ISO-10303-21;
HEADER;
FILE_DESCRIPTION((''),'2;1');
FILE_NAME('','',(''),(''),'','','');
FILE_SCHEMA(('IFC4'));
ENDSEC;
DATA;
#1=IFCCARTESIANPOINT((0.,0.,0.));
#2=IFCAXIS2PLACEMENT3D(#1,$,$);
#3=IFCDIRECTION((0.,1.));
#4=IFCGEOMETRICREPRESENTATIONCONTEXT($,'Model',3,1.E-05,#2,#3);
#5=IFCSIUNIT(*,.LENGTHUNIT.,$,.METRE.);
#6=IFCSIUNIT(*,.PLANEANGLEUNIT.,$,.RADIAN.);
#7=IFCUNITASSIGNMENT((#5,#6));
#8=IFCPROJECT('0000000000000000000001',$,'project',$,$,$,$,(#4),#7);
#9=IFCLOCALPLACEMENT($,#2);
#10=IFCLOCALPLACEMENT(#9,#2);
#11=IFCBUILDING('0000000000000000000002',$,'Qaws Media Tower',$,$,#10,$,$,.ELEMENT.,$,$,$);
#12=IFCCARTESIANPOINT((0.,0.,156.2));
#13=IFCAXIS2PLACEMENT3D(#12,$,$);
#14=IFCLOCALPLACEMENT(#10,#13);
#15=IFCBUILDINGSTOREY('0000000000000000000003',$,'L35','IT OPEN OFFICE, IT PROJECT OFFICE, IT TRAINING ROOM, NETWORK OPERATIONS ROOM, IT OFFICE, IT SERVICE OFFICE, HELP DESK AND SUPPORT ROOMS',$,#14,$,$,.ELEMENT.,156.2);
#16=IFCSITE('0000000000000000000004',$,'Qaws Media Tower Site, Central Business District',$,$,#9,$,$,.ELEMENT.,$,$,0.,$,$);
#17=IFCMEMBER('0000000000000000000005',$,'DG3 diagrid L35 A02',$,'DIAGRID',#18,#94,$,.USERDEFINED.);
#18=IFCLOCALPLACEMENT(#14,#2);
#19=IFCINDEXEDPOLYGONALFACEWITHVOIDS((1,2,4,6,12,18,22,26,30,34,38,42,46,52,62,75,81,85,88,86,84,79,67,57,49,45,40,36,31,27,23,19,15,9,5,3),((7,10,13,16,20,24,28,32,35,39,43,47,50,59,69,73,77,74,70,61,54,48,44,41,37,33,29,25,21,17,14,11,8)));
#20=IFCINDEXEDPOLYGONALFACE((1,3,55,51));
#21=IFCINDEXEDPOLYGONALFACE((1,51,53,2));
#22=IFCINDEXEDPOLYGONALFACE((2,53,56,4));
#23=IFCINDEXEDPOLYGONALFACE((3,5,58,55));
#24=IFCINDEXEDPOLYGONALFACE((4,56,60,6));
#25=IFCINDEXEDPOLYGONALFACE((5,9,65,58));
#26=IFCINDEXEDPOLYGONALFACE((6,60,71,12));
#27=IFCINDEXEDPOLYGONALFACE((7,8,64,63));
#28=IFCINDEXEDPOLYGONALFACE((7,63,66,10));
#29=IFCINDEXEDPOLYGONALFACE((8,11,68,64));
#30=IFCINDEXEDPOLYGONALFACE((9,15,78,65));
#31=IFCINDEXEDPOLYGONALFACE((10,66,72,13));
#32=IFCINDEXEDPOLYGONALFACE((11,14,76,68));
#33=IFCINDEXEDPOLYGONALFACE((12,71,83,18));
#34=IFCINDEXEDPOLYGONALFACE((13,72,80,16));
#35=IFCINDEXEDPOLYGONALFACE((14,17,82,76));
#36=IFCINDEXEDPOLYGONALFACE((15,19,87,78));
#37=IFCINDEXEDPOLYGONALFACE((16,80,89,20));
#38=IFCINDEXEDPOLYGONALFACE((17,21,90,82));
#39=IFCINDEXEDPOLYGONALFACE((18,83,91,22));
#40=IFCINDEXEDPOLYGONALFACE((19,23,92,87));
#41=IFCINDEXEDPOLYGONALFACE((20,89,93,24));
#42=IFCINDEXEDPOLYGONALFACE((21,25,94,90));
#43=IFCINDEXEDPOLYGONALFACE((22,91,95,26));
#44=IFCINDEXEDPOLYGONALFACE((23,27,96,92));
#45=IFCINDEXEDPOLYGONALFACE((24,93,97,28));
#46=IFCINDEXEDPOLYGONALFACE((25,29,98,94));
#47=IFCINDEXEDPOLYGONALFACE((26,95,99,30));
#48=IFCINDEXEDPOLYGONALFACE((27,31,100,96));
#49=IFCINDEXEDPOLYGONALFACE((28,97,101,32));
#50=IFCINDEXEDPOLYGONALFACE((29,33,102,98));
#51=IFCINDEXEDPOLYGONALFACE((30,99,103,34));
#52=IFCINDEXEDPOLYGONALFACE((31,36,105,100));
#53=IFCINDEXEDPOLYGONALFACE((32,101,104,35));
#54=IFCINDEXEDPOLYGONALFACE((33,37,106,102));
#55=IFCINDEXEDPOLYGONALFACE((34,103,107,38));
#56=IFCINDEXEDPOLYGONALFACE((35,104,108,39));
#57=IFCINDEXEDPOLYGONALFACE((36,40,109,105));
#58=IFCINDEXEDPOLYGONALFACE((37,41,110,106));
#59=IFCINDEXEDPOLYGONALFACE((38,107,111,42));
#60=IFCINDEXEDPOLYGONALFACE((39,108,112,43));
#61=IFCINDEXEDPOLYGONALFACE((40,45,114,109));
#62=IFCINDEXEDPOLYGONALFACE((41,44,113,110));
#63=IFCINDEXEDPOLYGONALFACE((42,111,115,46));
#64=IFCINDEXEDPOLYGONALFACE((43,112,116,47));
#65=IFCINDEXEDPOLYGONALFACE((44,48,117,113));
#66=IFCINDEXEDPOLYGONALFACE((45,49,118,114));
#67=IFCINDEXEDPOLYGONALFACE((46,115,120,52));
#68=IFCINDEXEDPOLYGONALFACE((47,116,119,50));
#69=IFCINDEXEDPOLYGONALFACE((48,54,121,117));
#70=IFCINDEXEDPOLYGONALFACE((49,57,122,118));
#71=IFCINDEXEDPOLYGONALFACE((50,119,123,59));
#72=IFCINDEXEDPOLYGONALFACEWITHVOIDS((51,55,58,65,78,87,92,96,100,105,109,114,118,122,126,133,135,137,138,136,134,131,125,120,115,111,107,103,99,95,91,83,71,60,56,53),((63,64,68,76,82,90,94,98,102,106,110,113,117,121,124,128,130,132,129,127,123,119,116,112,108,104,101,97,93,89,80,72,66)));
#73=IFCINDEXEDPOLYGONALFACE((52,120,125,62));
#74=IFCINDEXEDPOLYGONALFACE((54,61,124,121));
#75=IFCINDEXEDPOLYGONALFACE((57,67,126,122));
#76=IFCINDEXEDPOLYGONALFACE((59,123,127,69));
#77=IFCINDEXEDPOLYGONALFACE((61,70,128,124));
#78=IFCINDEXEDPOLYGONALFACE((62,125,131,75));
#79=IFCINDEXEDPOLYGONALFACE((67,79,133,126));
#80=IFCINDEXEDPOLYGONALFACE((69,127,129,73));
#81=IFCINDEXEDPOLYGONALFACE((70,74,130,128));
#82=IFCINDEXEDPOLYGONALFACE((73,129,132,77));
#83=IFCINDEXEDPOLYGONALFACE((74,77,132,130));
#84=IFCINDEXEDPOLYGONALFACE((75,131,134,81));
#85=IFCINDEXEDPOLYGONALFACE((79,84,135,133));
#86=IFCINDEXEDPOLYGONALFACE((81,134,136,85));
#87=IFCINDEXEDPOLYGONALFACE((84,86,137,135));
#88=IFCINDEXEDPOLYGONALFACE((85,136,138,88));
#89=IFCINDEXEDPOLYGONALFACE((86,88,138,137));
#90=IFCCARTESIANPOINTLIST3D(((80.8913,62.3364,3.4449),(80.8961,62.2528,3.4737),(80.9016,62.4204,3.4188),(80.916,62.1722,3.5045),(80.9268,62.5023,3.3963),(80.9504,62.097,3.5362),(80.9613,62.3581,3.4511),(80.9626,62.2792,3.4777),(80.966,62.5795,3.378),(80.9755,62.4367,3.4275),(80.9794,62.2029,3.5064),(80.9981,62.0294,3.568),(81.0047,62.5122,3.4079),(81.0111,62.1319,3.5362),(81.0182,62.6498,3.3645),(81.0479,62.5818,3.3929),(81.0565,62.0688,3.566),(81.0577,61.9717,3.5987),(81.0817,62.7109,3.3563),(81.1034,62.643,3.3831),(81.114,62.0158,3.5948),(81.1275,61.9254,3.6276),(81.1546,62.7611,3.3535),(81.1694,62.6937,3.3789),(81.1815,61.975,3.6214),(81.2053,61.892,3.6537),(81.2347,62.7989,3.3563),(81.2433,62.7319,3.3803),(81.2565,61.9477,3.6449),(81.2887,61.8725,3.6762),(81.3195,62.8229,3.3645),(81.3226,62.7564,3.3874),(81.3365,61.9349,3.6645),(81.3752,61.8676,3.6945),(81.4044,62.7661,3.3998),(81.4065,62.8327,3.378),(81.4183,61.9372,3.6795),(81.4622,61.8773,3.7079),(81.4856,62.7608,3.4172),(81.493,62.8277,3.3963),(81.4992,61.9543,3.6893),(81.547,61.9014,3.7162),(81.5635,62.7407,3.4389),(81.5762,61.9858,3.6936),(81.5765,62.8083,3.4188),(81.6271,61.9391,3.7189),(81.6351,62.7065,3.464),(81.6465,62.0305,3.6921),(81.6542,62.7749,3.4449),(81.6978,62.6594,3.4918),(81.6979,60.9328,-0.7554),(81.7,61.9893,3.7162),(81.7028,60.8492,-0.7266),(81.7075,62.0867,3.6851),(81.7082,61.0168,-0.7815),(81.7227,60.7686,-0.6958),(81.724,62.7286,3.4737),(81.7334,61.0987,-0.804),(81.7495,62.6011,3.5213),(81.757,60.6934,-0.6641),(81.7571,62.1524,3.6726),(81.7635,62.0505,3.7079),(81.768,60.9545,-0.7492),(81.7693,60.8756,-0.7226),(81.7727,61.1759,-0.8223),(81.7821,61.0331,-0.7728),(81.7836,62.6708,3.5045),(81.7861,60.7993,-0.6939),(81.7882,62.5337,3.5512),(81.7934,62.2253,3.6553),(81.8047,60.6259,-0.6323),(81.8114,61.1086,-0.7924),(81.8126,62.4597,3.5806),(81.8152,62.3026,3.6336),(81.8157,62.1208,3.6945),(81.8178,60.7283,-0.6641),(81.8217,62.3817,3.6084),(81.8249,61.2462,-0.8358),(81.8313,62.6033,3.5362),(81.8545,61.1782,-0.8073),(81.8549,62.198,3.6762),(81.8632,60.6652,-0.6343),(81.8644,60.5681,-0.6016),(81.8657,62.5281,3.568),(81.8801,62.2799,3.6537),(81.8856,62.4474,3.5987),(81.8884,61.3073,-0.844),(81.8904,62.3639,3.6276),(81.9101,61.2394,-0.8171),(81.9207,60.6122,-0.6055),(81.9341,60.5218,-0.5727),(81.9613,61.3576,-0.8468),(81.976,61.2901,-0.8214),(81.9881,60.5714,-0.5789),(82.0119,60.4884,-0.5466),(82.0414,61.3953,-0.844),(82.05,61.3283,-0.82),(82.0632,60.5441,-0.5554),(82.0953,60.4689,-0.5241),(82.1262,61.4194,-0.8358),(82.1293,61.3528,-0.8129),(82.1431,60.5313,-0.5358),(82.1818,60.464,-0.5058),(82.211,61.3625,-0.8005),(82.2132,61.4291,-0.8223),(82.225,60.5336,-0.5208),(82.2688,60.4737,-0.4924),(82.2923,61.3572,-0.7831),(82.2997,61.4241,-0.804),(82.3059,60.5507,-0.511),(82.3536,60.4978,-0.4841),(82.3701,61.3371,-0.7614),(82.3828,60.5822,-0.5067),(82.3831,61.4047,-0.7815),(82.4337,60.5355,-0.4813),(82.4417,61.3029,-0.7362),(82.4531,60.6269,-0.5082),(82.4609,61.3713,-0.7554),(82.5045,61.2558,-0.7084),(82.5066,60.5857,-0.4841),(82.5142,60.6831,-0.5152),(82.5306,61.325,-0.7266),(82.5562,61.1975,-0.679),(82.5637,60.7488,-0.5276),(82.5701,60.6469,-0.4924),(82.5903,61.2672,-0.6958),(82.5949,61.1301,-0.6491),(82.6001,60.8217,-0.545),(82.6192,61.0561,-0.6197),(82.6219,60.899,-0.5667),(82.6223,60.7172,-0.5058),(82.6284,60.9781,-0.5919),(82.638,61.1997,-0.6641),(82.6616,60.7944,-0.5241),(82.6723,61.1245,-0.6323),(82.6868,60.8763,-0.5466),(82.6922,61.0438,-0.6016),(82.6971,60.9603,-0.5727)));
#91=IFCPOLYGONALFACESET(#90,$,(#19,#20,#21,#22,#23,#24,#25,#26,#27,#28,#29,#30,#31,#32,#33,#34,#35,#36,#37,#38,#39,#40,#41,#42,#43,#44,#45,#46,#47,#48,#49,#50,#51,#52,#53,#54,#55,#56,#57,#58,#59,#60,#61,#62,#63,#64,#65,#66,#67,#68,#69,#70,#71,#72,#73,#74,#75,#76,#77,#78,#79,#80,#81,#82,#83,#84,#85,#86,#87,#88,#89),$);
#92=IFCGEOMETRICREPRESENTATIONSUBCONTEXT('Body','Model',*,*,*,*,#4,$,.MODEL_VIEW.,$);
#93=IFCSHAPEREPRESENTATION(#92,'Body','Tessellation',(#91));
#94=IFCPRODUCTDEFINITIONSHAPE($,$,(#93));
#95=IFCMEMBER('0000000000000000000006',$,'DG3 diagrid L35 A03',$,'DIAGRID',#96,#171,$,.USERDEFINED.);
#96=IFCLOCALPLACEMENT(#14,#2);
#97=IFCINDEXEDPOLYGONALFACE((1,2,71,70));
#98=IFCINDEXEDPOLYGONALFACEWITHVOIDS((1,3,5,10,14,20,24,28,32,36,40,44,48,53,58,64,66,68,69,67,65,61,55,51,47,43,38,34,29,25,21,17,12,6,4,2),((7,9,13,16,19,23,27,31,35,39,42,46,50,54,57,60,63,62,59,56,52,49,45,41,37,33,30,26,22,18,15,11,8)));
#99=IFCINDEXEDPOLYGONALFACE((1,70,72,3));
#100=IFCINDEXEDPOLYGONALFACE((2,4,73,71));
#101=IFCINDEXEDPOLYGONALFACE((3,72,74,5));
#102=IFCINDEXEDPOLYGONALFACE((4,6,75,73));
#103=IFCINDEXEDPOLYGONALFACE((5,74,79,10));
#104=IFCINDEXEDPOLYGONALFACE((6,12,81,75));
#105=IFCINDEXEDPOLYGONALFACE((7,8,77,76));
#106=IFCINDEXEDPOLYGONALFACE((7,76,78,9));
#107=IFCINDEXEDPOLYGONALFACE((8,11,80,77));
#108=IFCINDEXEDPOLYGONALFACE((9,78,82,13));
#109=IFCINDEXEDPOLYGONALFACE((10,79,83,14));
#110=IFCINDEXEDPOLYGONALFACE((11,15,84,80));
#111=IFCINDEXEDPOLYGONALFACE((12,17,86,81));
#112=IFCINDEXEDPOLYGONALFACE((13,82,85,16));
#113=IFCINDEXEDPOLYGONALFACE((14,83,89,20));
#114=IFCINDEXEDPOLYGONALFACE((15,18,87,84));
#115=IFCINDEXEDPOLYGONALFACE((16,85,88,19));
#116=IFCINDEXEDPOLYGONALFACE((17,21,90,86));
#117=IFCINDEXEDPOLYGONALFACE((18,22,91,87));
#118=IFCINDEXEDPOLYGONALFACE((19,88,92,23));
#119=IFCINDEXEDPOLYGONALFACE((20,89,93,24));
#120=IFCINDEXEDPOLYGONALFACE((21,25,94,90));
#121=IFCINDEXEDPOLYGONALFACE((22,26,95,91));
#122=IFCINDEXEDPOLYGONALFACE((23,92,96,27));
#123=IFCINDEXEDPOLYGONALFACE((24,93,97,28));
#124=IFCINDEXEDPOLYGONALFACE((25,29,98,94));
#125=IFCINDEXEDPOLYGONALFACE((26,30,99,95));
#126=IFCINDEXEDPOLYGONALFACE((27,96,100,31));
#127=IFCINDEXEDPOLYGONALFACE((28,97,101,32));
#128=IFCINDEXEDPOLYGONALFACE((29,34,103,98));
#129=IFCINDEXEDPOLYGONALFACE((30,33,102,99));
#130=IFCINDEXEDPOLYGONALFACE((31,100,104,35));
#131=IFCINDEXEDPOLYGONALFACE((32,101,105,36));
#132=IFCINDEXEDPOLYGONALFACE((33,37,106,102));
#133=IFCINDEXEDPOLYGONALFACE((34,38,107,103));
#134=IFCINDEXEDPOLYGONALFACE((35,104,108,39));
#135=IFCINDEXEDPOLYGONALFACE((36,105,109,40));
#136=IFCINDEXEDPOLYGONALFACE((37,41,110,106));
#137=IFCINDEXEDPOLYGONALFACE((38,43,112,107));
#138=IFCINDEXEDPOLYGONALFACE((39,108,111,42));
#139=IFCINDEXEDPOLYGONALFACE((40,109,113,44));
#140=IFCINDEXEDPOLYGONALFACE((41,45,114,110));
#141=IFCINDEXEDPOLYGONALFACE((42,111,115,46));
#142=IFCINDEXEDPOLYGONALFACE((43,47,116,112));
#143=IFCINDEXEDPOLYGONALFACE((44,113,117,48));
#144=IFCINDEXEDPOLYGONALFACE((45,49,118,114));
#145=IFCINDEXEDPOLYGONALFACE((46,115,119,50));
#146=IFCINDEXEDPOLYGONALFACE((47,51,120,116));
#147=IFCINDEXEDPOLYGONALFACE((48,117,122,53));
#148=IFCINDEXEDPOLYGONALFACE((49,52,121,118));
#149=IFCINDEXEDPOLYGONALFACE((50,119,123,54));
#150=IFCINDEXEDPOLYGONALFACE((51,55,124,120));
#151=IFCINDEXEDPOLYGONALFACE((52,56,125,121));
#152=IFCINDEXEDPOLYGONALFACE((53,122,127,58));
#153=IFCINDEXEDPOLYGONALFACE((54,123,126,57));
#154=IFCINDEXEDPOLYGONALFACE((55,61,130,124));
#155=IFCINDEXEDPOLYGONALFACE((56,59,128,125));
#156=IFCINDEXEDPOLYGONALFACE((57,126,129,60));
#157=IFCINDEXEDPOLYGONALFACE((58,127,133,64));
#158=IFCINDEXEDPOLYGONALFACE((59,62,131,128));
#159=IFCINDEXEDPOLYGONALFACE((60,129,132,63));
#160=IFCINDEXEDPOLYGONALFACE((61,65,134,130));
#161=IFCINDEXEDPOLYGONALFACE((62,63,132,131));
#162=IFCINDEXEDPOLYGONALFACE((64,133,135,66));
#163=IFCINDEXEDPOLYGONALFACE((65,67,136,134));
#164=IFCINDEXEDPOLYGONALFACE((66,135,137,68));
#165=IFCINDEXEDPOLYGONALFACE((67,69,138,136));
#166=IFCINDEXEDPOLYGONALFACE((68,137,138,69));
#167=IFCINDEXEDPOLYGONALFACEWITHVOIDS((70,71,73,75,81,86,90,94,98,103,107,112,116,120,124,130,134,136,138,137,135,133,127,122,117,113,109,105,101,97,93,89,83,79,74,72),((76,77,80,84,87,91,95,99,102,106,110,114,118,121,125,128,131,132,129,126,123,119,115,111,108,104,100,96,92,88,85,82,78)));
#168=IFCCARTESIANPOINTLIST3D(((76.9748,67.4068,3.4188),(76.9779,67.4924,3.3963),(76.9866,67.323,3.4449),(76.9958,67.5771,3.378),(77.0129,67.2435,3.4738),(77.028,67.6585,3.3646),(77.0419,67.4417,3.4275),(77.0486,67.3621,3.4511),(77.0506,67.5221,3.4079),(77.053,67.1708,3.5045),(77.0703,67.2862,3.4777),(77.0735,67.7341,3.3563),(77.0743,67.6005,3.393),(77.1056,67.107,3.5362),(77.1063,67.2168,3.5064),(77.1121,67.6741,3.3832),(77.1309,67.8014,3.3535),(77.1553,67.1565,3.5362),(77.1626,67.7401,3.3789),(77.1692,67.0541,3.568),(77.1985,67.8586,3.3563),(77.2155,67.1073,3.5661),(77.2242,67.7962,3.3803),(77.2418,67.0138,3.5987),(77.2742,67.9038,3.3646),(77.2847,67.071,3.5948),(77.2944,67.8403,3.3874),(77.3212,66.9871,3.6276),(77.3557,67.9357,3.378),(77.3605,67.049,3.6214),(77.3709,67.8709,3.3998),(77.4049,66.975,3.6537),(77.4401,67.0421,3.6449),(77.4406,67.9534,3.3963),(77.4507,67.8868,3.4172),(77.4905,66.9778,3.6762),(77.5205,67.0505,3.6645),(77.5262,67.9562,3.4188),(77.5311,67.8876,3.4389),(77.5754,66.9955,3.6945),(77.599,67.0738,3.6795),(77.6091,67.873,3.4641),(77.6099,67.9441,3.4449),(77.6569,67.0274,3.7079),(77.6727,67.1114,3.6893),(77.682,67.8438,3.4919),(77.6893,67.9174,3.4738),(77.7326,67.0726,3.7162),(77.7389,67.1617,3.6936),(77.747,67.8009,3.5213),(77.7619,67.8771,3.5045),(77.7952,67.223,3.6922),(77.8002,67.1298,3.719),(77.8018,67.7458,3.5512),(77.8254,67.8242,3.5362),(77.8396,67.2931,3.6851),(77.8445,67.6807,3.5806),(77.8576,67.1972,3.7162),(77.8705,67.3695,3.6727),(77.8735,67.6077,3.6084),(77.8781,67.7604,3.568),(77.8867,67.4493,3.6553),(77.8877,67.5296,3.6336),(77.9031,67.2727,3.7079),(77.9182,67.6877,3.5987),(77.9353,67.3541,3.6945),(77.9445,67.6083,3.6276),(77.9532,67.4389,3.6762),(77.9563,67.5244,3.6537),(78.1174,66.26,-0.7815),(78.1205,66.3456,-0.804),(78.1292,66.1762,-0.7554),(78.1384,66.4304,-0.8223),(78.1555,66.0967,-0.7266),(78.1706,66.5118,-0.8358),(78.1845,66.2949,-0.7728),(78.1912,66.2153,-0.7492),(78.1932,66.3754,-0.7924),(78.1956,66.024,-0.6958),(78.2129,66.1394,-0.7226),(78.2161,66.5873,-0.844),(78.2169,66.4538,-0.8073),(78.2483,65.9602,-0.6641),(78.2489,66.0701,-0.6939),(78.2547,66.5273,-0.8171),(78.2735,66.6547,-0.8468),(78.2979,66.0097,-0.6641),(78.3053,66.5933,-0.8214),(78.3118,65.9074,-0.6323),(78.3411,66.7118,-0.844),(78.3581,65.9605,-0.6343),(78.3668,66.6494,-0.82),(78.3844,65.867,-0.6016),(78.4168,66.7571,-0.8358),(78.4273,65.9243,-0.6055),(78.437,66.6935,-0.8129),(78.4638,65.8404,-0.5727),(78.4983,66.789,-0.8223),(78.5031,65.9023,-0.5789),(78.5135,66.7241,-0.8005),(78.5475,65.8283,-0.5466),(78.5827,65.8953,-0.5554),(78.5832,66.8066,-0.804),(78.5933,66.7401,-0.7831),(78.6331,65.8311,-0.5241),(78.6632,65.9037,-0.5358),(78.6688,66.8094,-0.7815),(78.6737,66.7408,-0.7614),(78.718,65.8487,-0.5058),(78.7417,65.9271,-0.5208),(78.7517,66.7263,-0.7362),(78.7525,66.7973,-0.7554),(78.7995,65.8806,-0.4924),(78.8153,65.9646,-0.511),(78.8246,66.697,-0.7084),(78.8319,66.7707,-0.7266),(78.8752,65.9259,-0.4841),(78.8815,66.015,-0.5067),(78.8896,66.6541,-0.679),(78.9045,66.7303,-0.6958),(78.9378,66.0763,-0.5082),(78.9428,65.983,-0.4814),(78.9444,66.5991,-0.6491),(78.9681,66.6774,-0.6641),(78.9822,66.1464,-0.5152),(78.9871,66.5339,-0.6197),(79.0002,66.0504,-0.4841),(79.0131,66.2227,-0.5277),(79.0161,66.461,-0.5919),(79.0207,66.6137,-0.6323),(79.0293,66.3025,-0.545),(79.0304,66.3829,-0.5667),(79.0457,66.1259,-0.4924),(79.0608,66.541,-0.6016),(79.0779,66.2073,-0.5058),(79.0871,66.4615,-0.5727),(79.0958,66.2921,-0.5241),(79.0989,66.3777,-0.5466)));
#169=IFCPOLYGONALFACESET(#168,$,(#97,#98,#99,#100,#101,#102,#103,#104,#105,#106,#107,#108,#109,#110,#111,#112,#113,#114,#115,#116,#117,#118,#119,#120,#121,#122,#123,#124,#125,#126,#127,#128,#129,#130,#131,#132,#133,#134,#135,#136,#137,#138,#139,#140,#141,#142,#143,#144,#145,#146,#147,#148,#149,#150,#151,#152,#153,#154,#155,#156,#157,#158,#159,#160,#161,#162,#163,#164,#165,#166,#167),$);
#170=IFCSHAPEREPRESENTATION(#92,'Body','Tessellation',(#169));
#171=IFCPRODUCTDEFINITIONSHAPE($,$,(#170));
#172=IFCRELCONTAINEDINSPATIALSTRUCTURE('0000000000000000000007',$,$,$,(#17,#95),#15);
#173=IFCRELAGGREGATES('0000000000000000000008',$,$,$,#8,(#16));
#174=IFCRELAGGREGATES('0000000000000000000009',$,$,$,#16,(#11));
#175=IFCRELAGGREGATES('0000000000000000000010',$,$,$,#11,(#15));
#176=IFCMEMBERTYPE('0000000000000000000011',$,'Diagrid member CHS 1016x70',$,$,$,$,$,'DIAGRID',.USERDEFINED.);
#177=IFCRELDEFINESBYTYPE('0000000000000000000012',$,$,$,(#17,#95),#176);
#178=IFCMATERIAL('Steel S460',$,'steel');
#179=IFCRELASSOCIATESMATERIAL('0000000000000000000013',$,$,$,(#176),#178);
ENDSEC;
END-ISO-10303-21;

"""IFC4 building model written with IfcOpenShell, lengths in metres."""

from ifc_helpers import new_model, si_unit, direction, frame, origin, origin_2d, place, context, subcontext, project, spatial, hollow_circle, extrude, material, material_profile, profile_set, type_object, element, save


model = new_model("IFC4")

# Units and contexts
model_context = context("Model", 3, precision=1e-05, world=origin(), true_north=direction((0.0, 1.0)))
body_context = subcontext(model_context, "Body", "Model", "MODEL_VIEW")
ifc_project = project(units=[si_unit("LENGTHUNIT", "METRE"), si_unit("PLANEANGLEUNIT", "RADIAN")], contexts=[model_context])

# Site, building, storey
site_placement = place(None, origin())
site = spatial("IfcSite", under=ifc_project, at=site_placement, Name="Qaws Media Tower Site, Central Business District", CompositionType="ELEMENT", RefElevation=0.0)
building_placement = place(site_placement, origin())
building = spatial("IfcBuilding", under=site, at=building_placement, Name="Qaws Media Tower", CompositionType="ELEMENT")
storey_placement = place(building_placement, frame((0.0, 0.0, 156.2)))
storey = spatial("IfcBuildingStorey", under=building, at=storey_placement, Name="L35", Description="IT OPEN OFFICE, IT PROJECT OFFICE, IT TRAINING ROOM, NETWORK OPERATIONS ROOM, IT OFFICE, IT SERVICE OFFICE, HELP DESK AND SUPPORT ROOMS", CompositionType="ELEMENT", Elevation=156.2)

# Members
ifc_material_1 = material(Name="Steel S460", Category="steel")
ifc_material_profile_1 = material_profile(ifc_material_1, hollow_circle(Radius=0.5081, WallThickness=0.0701, at=origin_2d()), Name="CHS 1016x70")
ifc_profile_set_1 = profile_set([ifc_material_profile_1], Name="Steel S460")
member_type_1 = type_object("IfcMemberType", Name="Diagrid member CHS 1016x70", ElementType="DIAGRID", PredefinedType="USERDEFINED", material=ifc_profile_set_1)
for number, where, z_axis, x_axis, name in (
    (1, (82.1975, 60.9465, -0.6641), (-0.179199, 0.311809, 0.933093), (-0.867015, -0.498281, 0.0), "DG3 diagrid L35 A02"),
    (2, (78.6082, 66.3188, -0.6641), (-0.25383, 0.254752, 0.933098), (-0.708388, -0.705824, 0.0), "DG3 diagrid L35 A03"),
):
    element("IfcMember", number, at=place(storey_placement, frame(where, z_axis=z_axis, x_axis=x_axis)), inside=storey, type_object=member_type_1, Name=name, ObjectType="DIAGRID", PredefinedType="USERDEFINED", context=body_context, shape_type="SweptSolid", body=[
        extrude(hollow_circle(Radius=0.5081, WallThickness=0.0701, at=origin_2d()), origin(), (0.0, 0.0, 1.0), 4.5015),
    ])

save(model, "model.ifc")
